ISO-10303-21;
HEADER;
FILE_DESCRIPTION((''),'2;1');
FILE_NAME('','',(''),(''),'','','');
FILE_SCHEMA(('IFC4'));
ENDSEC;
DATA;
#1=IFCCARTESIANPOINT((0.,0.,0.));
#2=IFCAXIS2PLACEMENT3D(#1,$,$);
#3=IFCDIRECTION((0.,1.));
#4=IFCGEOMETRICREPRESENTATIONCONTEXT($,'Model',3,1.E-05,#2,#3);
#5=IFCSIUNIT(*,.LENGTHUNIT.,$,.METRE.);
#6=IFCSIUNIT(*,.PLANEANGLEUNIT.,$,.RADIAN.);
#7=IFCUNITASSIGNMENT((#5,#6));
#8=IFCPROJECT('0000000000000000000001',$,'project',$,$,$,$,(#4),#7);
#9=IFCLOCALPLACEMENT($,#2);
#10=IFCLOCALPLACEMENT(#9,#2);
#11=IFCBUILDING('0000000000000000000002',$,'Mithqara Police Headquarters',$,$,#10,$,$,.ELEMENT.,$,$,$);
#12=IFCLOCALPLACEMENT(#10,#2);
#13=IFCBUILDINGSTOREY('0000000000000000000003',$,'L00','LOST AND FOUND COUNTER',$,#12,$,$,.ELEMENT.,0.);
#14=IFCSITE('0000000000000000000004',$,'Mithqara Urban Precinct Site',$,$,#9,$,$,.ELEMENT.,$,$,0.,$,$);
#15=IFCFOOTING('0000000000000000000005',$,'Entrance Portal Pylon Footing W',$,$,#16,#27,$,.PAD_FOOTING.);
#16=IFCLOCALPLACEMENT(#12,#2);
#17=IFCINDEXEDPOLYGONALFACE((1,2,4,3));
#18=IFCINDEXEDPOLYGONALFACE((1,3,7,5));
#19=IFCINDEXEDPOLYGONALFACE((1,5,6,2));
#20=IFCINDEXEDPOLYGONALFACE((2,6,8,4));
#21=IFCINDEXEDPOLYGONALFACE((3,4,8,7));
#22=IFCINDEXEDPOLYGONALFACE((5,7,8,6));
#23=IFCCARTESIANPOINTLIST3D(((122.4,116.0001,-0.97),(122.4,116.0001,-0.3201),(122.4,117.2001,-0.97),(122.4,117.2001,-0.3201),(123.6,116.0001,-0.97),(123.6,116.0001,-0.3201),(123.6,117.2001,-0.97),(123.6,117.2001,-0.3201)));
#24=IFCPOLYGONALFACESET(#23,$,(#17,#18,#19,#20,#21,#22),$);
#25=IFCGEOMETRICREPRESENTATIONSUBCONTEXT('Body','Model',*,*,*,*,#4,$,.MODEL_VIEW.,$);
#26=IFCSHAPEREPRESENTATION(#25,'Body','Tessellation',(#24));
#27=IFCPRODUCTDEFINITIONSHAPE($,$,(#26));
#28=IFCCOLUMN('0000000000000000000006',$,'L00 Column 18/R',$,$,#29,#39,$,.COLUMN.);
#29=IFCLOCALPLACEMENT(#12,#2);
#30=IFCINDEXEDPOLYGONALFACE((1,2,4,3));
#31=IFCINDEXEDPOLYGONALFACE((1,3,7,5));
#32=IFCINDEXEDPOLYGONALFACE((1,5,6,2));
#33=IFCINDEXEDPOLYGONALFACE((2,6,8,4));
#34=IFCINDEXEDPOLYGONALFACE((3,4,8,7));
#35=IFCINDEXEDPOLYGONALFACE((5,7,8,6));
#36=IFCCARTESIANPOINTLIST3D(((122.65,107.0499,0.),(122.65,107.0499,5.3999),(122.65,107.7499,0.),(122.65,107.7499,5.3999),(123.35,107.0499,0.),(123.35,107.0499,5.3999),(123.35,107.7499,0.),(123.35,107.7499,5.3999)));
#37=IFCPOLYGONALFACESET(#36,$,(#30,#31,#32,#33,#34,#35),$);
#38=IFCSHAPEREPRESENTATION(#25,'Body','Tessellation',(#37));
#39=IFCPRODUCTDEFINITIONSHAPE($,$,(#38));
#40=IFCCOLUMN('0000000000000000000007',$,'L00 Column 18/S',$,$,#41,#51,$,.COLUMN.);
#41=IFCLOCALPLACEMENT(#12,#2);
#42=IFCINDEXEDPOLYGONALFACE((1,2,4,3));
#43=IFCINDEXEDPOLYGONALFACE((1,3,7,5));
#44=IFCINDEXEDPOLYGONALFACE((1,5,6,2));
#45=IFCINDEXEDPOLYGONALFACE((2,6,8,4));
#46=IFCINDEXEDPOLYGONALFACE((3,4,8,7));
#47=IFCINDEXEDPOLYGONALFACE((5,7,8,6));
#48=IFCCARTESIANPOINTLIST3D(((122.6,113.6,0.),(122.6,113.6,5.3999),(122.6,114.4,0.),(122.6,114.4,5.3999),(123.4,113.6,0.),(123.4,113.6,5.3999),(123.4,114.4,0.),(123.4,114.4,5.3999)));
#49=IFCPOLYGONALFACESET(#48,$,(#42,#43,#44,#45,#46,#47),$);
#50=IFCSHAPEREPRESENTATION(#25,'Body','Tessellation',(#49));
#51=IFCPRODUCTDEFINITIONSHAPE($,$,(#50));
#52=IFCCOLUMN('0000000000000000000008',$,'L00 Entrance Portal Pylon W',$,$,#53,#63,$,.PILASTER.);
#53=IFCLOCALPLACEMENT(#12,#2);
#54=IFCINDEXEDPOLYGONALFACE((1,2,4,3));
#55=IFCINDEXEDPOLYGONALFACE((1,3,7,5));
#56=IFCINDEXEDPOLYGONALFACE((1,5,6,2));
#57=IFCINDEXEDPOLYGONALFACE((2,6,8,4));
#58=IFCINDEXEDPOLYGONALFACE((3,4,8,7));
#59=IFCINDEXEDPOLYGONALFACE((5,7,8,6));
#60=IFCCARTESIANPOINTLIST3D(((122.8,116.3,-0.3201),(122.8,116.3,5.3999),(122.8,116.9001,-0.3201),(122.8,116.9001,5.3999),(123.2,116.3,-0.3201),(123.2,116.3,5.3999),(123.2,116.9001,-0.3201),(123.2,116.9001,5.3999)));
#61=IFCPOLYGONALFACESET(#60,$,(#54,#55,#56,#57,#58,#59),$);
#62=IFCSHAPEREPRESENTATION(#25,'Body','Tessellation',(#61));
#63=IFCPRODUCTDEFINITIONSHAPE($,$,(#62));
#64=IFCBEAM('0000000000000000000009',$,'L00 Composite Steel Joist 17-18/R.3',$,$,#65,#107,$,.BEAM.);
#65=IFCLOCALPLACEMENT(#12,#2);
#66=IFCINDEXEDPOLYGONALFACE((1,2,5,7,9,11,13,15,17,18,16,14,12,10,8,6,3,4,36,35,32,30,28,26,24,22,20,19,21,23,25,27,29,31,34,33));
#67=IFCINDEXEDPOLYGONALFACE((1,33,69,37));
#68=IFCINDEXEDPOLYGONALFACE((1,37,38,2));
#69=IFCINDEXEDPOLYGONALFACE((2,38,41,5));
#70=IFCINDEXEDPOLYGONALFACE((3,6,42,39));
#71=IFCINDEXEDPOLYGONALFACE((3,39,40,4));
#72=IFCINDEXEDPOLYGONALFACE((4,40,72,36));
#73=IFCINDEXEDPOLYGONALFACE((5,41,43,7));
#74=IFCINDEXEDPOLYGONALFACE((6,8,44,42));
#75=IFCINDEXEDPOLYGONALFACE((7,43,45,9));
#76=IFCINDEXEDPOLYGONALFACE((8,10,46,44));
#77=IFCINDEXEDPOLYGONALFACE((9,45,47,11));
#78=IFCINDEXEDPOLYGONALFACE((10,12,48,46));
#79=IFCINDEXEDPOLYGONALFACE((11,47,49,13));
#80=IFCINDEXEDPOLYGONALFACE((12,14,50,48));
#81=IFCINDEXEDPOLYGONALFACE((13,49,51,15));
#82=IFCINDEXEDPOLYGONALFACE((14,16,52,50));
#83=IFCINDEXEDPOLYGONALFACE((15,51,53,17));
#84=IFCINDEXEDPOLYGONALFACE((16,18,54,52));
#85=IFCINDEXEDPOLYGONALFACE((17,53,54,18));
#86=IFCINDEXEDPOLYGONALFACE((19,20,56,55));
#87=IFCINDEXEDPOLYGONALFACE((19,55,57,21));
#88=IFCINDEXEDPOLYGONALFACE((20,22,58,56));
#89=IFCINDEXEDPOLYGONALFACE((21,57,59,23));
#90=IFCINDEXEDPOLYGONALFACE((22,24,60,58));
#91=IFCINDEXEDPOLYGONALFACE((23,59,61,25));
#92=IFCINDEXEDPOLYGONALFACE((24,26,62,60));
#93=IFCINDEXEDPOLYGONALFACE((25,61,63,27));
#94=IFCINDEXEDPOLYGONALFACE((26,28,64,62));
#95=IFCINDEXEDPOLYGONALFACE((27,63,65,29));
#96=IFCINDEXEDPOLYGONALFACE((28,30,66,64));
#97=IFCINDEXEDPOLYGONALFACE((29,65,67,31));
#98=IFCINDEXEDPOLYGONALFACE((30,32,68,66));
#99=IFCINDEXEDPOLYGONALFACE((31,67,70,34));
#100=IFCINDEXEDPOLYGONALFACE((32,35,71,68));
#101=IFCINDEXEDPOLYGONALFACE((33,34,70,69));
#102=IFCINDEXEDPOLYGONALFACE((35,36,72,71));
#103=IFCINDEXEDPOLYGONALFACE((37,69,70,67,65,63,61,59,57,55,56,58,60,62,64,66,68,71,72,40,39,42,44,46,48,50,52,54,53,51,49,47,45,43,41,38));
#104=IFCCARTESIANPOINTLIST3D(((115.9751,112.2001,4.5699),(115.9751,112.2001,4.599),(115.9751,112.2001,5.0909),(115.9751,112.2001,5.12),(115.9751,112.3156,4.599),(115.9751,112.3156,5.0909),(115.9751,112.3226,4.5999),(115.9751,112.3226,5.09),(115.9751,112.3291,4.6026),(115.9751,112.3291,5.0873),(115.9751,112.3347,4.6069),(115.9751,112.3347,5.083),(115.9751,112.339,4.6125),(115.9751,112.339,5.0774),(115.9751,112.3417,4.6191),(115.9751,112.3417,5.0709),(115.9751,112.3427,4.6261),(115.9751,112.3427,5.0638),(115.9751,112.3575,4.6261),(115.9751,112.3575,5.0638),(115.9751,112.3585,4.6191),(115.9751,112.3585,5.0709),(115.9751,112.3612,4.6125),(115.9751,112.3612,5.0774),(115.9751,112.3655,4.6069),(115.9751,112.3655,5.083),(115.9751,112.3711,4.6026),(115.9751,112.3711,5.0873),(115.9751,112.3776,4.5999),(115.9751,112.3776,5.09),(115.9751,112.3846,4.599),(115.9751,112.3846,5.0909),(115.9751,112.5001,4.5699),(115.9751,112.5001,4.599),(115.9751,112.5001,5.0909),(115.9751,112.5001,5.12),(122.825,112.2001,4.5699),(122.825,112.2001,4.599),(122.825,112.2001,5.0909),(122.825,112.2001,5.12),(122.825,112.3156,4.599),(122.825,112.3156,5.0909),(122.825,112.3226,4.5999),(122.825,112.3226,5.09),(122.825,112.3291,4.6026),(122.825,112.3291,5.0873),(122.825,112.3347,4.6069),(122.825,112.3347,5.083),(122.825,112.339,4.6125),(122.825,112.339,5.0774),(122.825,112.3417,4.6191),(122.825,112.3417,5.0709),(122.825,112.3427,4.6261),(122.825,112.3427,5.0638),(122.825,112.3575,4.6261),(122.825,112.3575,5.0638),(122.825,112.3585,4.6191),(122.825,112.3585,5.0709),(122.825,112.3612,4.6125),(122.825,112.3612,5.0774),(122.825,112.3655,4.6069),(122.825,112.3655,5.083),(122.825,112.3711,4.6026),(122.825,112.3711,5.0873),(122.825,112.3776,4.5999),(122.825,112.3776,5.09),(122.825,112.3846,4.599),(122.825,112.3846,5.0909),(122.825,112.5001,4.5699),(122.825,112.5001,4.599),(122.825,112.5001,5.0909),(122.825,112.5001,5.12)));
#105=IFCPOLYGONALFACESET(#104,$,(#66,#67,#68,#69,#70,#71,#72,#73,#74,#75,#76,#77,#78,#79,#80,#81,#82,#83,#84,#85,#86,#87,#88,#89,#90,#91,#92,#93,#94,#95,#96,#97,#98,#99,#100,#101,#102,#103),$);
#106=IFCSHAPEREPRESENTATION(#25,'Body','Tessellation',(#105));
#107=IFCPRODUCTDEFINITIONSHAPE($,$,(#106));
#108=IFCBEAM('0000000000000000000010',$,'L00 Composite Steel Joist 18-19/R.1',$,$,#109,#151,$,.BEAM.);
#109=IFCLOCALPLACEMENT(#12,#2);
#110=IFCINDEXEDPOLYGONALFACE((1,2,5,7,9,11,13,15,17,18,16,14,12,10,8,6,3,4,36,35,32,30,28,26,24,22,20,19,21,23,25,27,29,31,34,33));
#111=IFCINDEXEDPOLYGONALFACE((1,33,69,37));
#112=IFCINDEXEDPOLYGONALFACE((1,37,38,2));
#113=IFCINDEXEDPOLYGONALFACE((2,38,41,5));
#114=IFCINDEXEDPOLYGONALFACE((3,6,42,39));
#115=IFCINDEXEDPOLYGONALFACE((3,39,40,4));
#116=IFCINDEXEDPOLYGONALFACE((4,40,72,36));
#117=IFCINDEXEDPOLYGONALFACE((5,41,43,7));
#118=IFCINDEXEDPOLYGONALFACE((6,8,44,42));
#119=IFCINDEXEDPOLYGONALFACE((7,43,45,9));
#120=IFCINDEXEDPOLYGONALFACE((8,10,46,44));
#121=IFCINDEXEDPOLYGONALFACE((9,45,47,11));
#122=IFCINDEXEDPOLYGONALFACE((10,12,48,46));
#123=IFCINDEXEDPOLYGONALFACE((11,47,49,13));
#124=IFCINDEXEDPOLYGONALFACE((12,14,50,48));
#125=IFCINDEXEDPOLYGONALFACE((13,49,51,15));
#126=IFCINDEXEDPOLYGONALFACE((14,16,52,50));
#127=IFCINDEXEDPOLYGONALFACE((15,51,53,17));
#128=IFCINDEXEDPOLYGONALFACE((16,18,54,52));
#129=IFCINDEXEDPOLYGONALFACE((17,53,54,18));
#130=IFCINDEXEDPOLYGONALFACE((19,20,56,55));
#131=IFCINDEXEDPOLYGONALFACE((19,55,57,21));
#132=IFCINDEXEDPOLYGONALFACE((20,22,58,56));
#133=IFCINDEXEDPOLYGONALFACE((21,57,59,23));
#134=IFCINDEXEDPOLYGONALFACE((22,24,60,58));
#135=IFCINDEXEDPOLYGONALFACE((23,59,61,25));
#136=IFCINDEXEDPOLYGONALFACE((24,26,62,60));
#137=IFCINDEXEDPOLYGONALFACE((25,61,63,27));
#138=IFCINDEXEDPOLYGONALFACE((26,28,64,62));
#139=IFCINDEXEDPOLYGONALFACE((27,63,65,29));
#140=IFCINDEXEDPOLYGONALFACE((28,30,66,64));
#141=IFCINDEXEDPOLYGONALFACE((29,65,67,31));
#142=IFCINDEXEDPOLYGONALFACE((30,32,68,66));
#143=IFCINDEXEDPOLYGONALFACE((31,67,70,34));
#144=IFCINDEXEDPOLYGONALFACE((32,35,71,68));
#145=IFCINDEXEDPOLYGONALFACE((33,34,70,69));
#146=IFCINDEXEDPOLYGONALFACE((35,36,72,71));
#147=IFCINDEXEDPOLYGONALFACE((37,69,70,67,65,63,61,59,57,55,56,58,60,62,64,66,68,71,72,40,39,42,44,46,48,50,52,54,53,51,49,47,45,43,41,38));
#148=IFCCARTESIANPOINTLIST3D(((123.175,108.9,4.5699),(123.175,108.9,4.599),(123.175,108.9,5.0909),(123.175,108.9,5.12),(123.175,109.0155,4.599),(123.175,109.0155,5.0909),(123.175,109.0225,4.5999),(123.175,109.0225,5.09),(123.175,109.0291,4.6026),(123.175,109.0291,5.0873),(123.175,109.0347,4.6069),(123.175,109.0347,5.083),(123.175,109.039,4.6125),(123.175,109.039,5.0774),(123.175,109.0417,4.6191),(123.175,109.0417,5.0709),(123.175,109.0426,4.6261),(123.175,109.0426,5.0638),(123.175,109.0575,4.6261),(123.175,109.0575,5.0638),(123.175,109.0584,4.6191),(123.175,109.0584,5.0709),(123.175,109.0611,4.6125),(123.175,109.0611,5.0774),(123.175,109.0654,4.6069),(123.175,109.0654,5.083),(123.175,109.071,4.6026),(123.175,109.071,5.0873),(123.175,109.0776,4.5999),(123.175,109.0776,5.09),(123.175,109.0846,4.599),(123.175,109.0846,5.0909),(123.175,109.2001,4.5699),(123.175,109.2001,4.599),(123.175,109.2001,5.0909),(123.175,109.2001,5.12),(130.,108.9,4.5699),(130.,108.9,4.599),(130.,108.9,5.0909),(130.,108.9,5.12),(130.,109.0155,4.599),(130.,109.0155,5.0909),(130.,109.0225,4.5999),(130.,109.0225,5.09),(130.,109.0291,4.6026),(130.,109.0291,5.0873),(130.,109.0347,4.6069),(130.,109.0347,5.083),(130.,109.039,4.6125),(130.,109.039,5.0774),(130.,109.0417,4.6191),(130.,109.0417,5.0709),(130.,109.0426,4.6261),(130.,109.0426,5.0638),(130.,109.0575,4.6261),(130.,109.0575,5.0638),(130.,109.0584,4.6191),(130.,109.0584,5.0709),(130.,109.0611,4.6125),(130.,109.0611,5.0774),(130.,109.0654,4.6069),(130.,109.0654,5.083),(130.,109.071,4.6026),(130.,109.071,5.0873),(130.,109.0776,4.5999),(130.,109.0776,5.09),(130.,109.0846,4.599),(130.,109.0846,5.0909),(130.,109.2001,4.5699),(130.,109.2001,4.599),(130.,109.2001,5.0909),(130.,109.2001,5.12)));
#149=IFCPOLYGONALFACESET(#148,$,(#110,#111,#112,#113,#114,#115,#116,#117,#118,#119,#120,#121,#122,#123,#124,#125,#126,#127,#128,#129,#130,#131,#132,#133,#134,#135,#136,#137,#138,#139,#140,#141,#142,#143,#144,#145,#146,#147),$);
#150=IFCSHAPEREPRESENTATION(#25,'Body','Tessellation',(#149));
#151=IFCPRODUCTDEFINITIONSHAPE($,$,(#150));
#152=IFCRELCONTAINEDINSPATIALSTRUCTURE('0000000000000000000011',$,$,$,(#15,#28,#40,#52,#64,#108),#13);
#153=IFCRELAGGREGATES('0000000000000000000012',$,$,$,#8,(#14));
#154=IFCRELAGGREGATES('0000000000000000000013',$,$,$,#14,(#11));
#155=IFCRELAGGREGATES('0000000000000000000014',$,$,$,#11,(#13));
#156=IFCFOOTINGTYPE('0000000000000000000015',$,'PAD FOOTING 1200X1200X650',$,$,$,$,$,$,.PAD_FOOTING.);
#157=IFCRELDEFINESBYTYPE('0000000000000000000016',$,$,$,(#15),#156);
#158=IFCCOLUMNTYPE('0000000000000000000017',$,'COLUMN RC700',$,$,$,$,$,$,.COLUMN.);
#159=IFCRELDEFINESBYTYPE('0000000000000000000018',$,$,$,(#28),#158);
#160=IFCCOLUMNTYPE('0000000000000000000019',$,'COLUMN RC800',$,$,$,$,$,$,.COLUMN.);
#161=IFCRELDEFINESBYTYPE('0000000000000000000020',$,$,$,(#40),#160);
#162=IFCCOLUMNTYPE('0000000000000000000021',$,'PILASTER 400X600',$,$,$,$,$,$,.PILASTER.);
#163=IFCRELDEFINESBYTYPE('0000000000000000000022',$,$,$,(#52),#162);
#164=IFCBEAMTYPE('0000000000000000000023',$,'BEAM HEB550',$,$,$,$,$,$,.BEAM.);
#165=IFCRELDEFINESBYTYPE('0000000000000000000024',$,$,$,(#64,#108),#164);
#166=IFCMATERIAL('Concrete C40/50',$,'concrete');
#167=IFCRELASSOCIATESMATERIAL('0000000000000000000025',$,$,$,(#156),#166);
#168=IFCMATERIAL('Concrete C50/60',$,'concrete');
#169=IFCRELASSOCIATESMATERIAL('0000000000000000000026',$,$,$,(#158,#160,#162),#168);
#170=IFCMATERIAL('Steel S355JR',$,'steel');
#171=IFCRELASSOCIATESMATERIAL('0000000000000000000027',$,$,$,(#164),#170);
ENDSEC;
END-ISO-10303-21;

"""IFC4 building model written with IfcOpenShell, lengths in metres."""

from ifc_helpers import new_model, si_unit, direction, frame, origin, origin_2d, place, context, subcontext, project, spatial, rectangle, i_section, extrude, material, material_profile, profile_set, type_object, element, save


model = new_model("IFC4")

# Units and contexts
model_context = context("Model", 3, precision=1e-05, world=origin(), true_north=direction((0.0, 1.0)))
body_context = subcontext(model_context, "Body", "Model", "MODEL_VIEW")
ifc_project = project(units=[si_unit("LENGTHUNIT", "METRE"), si_unit("PLANEANGLEUNIT", "RADIAN")], contexts=[model_context])

# Site, building, storey
site_placement = place(None, origin())
site = spatial("IfcSite", under=ifc_project, at=site_placement, Name="Mithqara Urban Precinct Site", CompositionType="ELEMENT", RefElevation=0.0)
building_placement = place(site_placement, origin())
building = spatial("IfcBuilding", under=site, at=building_placement, Name="Mithqara Police Headquarters", CompositionType="ELEMENT")
storey_placement = place(building_placement, origin())
storey = spatial("IfcBuildingStorey", under=building, at=storey_placement, Name="L00", Description="LOST AND FOUND COUNTER", CompositionType="ELEMENT", Elevation=0.0)

# Footing
ifc_material_1 = material(Name="Concrete C40/50", Category="concrete")
footing_type = type_object("IfcFootingType", Name="PAD FOOTING 1200X1200X650", PredefinedType="PAD_FOOTING", material=ifc_material_1)
footing_placement = place(storey_placement, frame((123.0, 116.6001, -0.97), z_axis=(0.0, 0.0, 1.0), x_axis=(1.0, 0.0, 0.0)))
element("IfcFooting", 1, at=footing_placement, inside=storey, type_object=footing_type, Name="Entrance Portal Pylon Footing W", PredefinedType="PAD_FOOTING", context=body_context, shape_type="SweptSolid", body=[
    extrude(rectangle(XDim=1.2, YDim=1.2, at=origin_2d()), origin(), (0.0, 0.0, 1.0), 0.6499),
])

# Columns
ifc_material_2 = material(Name="Concrete C50/60", Category="concrete")
ifc_material_profile_1 = material_profile(ifc_material_2, rectangle(XDim=0.7, YDim=0.7, at=origin_2d()), Name="RC 700x700")
ifc_profile_set_1 = profile_set([ifc_material_profile_1], Name="Concrete C50/60")
column_type_1 = type_object("IfcColumnType", Name="COLUMN RC700", PredefinedType="COLUMN", material=ifc_profile_set_1)
column_1_placement = place(storey_placement, frame((123.0, 107.3999, 0.0), z_axis=(0.0, 0.0, 1.0), x_axis=(1.0, 0.0, 0.0)))
element("IfcColumn", 2, at=column_1_placement, inside=storey, type_object=column_type_1, Name="L00 Column 18/R", PredefinedType="COLUMN", context=body_context, shape_type="SweptSolid", body=[
    extrude(rectangle(XDim=0.7, YDim=0.7, at=origin_2d()), origin(), (0.0, 0.0, 1.0), 5.3999),
])
ifc_material_profile_2 = material_profile(ifc_material_2, rectangle(XDim=0.8, YDim=0.8, at=origin_2d()), Name="RC 800x800")
ifc_profile_set_2 = profile_set([ifc_material_profile_2], Name="Concrete C50/60")
column_type_2 = type_object("IfcColumnType", Name="COLUMN RC800", PredefinedType="COLUMN", material=ifc_profile_set_2)
column_2_placement = place(storey_placement, frame((123.0, 114.0, 0.0), z_axis=(0.0, 0.0, 1.0), x_axis=(1.0, 0.0, 0.0)))
element("IfcColumn", 3, at=column_2_placement, inside=storey, type_object=column_type_2, Name="L00 Column 18/S", PredefinedType="COLUMN", context=body_context, shape_type="SweptSolid", body=[
    extrude(rectangle(XDim=0.8, YDim=0.8, at=origin_2d()), origin(), (0.0, 0.0, 1.0), 5.3999),
])
ifc_material_profile_3 = material_profile(ifc_material_2, rectangle(XDim=0.3999, YDim=0.6001, at=origin_2d()), Name="PIL 400x600")
ifc_profile_set_3 = profile_set([ifc_material_profile_3], Name="Concrete C50/60")
column_type_3 = type_object("IfcColumnType", Name="PILASTER 400X600", PredefinedType="PILASTER", material=ifc_profile_set_3)
column_3_placement = place(storey_placement, frame((123.0, 116.6001, -0.3201), z_axis=(0.0, 0.0, 1.0), x_axis=(1.0, 0.0, 0.0)))
element("IfcColumn", 4, at=column_3_placement, inside=storey, type_object=column_type_3, Name="L00 Entrance Portal Pylon W", PredefinedType="PILASTER", context=body_context, shape_type="SweptSolid", body=[
    extrude(rectangle(XDim=0.3999, YDim=0.6001, at=origin_2d()), origin(), (0.0, 0.0, 1.0), 5.72),
])

# Beams
ifc_material_3 = material(Name="Steel S355JR", Category="steel")
ifc_material_profile_4 = material_profile(ifc_material_3, i_section(OverallWidth=0.3, OverallDepth=0.55, WebThickness=0.0149, FlangeThickness=0.0291, FilletRadius=0.0271, at=origin_2d()), Name="HEB 550")
ifc_profile_set_4 = profile_set([ifc_material_profile_4], Name="Steel S355JR")
beam_type_1 = type_object("IfcBeamType", Name="BEAM HEB550", PredefinedType="BEAM", material=ifc_profile_set_4)
beam_1_placement = place(storey_placement, frame((115.9751, 112.3501, 4.845), z_axis=(1.0, 0.0, 0.0), x_axis=(0.0, 1.0, 0.0)))
element("IfcBeam", 5, at=beam_1_placement, inside=storey, type_object=beam_type_1, Name="L00 Composite Steel Joist 17-18/R.3", PredefinedType="BEAM", context=body_context, shape_type="SweptSolid", body=[
    extrude(i_section(OverallWidth=0.3, OverallDepth=0.55, WebThickness=0.0149, FlangeThickness=0.0291, FilletRadius=0.0271, at=origin_2d()), origin(), (0.0, 0.0, 1.0), 6.8499),
])
for number, where, z_axis, x_axis, name in (
    (6, (123.175, 109.05, 4.845), (1.0, 0.0, 0.0), (0.0, 1.0, 0.0), "L00 Composite Steel Joist 18-19/R.1"),
):
    element("IfcBeam", number, at=place(storey_placement, frame(where, z_axis=z_axis, x_axis=x_axis)), inside=storey, type_object=beam_type_1, Name=name, PredefinedType="BEAM", context=body_context, shape_type="SweptSolid", body=[
        extrude(i_section(OverallWidth=0.3, OverallDepth=0.55, WebThickness=0.0149, FlangeThickness=0.0291, FilletRadius=0.0271, at=origin_2d()), origin(), (0.0, 0.0, 1.0), 6.825),
    ])

save(model, "model.ifc")
